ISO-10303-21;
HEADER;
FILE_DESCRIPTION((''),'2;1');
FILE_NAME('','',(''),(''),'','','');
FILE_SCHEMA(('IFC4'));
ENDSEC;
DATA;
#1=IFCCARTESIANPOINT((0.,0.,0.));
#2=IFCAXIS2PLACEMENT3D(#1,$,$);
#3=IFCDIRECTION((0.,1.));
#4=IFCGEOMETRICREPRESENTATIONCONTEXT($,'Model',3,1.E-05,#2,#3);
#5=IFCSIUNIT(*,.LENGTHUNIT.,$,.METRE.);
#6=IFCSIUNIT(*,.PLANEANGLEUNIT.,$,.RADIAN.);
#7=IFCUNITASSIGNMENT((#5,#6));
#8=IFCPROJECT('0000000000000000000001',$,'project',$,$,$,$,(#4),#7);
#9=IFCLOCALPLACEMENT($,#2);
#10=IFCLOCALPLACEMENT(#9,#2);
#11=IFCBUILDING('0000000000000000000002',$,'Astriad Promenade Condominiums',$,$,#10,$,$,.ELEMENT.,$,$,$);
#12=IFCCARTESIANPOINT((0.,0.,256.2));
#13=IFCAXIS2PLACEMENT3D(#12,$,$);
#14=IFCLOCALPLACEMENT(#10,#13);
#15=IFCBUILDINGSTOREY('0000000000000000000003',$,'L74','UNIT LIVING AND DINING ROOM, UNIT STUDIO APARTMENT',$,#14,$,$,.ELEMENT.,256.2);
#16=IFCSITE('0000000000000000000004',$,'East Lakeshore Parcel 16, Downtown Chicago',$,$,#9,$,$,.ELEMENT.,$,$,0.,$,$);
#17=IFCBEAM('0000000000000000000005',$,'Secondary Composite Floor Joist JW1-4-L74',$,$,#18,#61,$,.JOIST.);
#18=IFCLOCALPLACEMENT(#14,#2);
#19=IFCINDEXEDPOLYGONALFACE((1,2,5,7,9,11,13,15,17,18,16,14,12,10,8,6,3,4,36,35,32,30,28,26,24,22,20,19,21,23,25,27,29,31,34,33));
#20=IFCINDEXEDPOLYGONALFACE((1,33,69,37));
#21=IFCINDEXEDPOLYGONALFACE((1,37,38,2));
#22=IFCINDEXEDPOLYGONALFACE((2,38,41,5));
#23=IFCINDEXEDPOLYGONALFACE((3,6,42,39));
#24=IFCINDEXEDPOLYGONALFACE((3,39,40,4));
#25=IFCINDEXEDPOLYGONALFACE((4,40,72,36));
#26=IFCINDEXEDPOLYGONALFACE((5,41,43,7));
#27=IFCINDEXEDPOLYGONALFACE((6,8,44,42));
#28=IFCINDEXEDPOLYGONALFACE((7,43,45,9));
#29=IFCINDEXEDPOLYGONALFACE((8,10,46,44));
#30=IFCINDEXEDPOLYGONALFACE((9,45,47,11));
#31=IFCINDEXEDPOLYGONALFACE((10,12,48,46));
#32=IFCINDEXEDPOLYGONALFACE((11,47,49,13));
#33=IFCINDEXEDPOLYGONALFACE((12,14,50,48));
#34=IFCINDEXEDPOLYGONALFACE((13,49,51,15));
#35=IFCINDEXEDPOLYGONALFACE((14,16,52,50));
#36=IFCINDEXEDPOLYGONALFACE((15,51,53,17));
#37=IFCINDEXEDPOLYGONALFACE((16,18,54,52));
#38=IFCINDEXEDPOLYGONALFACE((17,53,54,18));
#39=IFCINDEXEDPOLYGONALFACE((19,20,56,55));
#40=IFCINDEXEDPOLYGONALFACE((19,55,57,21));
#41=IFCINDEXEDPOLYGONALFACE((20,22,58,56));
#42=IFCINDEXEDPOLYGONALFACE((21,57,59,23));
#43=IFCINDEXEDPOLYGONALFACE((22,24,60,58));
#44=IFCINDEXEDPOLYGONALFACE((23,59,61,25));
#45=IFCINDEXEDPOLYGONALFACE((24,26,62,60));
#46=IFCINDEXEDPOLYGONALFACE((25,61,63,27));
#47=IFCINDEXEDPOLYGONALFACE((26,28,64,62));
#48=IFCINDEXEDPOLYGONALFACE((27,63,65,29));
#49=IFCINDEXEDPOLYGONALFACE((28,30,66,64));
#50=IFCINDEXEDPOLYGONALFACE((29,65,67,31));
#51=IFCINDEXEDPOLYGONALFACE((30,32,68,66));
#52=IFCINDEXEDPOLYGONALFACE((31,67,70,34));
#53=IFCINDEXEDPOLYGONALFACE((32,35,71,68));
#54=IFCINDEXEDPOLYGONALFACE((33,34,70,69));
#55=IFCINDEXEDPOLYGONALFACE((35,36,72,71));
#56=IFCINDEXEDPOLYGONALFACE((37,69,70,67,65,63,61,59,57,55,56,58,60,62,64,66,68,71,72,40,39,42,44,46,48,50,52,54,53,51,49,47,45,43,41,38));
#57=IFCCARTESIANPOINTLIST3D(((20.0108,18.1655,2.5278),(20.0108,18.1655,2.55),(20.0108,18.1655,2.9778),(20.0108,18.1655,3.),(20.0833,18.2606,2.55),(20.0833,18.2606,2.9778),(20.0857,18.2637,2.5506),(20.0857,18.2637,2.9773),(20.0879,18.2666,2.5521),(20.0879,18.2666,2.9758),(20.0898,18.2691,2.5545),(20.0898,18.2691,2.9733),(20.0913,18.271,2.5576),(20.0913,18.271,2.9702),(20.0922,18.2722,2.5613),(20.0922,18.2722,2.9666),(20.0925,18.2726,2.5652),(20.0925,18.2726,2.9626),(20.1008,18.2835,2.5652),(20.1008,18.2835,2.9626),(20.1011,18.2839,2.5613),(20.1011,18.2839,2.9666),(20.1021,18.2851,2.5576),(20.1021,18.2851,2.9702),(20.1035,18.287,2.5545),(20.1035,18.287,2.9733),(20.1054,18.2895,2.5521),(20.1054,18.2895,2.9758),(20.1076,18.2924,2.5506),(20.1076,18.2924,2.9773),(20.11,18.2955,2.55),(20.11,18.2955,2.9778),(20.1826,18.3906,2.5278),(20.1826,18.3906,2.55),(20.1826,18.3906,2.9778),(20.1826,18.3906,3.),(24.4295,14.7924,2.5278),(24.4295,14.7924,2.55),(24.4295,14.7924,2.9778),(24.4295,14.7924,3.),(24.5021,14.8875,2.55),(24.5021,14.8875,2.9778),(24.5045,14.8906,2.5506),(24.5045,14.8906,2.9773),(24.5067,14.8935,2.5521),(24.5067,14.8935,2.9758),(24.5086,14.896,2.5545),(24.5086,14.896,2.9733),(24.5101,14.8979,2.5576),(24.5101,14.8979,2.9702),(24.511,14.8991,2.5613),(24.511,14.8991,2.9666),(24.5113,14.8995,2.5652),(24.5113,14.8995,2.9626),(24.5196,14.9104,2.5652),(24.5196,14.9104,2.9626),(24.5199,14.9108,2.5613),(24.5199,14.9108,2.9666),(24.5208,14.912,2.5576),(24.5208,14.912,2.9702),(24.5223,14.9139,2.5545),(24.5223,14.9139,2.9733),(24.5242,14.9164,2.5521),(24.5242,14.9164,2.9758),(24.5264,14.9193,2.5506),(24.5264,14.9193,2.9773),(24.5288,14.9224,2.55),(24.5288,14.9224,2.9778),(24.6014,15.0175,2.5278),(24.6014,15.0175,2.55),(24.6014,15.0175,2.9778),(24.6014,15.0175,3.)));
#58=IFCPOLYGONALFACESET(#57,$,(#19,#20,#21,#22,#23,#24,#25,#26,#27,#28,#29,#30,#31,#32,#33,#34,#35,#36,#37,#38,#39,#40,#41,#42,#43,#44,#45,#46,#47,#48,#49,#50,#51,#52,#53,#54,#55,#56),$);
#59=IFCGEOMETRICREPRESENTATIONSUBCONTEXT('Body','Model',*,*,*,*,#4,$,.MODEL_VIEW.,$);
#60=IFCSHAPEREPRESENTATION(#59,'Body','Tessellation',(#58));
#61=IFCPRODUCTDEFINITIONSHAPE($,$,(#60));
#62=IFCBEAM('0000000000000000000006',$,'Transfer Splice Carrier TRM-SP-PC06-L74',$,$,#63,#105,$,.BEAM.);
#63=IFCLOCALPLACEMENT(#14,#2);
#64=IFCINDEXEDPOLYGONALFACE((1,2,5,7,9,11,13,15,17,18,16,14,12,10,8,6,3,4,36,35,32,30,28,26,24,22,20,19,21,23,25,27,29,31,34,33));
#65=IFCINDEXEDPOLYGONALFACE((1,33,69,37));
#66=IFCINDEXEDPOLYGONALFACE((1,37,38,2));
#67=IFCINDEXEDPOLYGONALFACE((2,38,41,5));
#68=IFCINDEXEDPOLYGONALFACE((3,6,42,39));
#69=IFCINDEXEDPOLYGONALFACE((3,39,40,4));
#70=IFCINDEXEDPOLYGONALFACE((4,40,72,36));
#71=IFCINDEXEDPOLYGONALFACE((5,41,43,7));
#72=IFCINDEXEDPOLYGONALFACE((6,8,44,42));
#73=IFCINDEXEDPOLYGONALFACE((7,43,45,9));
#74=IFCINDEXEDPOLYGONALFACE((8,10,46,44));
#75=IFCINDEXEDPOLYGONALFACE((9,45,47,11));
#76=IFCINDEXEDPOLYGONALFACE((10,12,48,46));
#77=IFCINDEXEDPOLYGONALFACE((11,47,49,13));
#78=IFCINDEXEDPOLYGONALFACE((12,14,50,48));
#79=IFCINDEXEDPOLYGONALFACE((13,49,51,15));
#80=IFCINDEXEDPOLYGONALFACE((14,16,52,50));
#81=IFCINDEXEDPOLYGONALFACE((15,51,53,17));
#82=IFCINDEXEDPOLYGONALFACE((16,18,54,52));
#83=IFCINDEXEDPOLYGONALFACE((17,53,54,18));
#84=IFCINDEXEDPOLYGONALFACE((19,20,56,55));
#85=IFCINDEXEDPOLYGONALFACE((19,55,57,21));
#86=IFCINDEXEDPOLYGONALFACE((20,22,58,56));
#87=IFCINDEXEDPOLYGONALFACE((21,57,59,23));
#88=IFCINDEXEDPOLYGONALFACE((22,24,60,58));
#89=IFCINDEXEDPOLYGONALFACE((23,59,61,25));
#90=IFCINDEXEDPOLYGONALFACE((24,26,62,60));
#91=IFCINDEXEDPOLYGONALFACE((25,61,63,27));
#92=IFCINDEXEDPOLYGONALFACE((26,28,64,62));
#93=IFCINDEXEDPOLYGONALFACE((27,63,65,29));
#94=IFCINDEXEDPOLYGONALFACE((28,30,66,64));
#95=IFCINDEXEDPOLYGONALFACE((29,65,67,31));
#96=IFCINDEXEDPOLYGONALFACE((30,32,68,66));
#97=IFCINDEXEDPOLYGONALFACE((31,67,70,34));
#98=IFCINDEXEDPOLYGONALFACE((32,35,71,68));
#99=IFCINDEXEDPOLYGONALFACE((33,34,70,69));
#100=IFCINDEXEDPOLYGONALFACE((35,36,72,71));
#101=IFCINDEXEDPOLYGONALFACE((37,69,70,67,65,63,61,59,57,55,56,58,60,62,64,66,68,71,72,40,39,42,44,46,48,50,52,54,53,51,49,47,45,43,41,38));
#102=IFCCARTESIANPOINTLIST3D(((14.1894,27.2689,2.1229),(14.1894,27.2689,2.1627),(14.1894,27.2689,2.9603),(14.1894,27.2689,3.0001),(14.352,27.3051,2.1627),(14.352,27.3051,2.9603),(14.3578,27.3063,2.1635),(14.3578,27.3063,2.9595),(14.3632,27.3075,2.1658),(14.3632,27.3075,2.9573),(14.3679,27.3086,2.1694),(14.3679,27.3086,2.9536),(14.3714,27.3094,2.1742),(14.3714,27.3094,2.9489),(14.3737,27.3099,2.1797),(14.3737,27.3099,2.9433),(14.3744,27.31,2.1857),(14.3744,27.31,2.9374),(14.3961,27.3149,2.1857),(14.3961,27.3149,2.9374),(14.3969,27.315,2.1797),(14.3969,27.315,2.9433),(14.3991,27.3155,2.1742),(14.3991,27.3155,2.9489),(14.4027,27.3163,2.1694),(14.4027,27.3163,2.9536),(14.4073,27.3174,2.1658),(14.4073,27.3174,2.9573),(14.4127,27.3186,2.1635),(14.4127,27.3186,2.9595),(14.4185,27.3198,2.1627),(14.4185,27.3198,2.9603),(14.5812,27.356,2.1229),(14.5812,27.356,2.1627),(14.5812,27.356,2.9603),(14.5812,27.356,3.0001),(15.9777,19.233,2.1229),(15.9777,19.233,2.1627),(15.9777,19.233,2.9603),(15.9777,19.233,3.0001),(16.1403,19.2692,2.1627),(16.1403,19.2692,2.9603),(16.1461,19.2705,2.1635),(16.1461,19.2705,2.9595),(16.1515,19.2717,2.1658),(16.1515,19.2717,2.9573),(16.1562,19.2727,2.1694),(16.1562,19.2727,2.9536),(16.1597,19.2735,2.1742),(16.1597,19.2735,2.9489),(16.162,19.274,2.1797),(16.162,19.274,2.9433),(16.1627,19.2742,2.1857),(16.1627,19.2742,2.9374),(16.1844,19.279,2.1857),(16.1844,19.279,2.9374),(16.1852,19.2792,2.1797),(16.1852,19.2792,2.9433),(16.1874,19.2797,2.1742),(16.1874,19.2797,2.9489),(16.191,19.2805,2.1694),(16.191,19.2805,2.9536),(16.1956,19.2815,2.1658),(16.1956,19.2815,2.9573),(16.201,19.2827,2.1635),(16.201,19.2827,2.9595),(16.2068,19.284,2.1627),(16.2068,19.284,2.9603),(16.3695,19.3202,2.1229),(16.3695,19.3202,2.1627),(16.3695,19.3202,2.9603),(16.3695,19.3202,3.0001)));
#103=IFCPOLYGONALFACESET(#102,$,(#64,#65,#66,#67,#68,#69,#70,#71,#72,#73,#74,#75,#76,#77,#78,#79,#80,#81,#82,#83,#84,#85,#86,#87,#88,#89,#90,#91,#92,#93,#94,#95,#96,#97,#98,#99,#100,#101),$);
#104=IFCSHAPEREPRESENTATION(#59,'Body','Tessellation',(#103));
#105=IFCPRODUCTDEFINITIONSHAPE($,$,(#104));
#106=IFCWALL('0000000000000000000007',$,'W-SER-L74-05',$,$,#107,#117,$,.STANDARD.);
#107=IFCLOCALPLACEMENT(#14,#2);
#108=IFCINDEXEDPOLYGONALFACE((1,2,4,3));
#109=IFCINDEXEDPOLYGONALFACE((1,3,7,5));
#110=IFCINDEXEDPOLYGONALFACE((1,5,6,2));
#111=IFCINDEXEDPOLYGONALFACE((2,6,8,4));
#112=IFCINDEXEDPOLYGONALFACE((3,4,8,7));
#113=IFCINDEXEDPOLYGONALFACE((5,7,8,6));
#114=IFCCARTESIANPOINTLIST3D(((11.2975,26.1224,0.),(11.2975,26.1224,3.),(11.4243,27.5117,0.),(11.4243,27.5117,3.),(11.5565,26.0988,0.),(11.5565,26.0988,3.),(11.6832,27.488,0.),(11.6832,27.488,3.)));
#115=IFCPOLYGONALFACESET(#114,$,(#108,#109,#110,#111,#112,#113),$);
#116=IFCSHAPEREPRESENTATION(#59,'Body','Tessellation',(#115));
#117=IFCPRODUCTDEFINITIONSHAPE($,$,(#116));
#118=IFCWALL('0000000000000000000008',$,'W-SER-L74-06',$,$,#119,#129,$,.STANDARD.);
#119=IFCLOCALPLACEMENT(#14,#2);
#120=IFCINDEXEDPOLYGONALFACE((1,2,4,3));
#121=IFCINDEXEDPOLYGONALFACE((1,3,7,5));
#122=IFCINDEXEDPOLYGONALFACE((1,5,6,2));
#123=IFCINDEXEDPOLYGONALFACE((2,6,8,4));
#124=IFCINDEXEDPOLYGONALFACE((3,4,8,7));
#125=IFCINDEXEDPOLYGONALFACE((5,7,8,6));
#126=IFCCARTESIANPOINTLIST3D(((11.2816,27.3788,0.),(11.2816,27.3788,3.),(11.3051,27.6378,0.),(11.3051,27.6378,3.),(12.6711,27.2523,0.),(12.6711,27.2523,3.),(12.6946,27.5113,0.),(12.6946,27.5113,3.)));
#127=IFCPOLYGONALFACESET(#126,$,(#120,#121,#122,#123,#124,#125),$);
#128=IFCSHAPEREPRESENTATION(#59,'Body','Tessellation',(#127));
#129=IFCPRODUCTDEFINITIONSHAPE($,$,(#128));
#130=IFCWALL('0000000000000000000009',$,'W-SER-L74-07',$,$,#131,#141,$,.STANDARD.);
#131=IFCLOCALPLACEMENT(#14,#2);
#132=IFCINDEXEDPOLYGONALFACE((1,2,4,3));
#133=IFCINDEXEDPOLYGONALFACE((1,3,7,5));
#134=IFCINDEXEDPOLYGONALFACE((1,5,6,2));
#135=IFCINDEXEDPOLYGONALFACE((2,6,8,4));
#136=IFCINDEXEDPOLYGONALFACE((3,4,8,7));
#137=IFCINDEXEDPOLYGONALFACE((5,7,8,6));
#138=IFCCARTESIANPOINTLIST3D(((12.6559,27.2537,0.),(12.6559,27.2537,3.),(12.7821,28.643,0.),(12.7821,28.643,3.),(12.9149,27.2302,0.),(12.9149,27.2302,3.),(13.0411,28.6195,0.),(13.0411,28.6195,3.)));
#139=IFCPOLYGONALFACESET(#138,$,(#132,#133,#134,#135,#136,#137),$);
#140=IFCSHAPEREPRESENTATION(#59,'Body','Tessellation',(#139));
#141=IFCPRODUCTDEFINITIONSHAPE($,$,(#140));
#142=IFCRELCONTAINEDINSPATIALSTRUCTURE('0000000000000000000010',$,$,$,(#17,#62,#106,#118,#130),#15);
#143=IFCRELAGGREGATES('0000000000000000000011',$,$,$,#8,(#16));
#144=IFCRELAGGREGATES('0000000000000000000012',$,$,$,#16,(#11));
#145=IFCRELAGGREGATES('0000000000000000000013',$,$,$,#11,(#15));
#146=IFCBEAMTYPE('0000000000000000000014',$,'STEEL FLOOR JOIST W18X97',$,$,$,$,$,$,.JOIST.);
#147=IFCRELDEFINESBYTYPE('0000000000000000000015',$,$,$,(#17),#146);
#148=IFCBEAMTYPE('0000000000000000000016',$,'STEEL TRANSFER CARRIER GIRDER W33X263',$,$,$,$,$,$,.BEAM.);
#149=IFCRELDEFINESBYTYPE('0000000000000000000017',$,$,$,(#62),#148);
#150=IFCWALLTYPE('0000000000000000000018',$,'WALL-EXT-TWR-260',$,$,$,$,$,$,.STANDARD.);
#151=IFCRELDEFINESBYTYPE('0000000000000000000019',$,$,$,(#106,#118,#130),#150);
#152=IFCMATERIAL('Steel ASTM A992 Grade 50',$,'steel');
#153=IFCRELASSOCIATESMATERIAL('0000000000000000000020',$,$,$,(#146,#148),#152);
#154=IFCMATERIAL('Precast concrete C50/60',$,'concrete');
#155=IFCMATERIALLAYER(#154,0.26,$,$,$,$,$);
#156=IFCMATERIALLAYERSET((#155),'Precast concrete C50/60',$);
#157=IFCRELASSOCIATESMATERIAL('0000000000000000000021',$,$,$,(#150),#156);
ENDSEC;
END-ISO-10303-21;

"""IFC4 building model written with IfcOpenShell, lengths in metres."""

from ifc_helpers import new_model, si_unit, direction, frame, frame_2d, origin, origin_2d, place, context, subcontext, project, spatial, rectangle, i_section, extrude, source, transform, mapped, material, layer, layer_set, material_profile, profile_set, type_object, type_shapes, element, save


model = new_model("IFC4")

# Units and contexts
model_context = context("Model", 3, precision=1e-05, world=origin(), true_north=direction((0.0, 1.0)))
body_context = subcontext(model_context, "Body", "Model", "MODEL_VIEW")
ifc_project = project(units=[si_unit("LENGTHUNIT", "METRE"), si_unit("PLANEANGLEUNIT", "RADIAN")], contexts=[model_context])

# Site, building, storey
site_placement = place(None, origin())
site = spatial("IfcSite", under=ifc_project, at=site_placement, Name="East Lakeshore Parcel 16, Downtown Chicago", CompositionType="ELEMENT", RefElevation=0.0)
building_placement = place(site_placement, origin())
building = spatial("IfcBuilding", under=site, at=building_placement, Name="Astriad Promenade Condominiums", CompositionType="ELEMENT")
storey_placement = place(building_placement, frame((0.0, 0.0, 256.2)))
storey = spatial("IfcBuildingStorey", under=building, at=storey_placement, Name="L74", Description="UNIT LIVING AND DINING ROOM, UNIT STUDIO APARTMENT", CompositionType="ELEMENT", Elevation=256.2)

# Beams
ifc_material_1 = material(Name="Steel ASTM A992 Grade 50", Category="steel")
ifc_material_profile_1 = material_profile(ifc_material_1, i_section(OverallWidth=0.2832, OverallDepth=0.4722, WebThickness=0.0137, FlangeThickness=0.0222, FilletRadius=0.0151, at=origin_2d()), Name="W18X97")
ifc_profile_set_1 = profile_set([ifc_material_profile_1], Name="Steel ASTM A992 Grade 50")
beam_type_1 = type_object("IfcBeamType", Name="STEEL FLOOR JOIST W18X97", PredefinedType="JOIST", material=ifc_profile_set_1)
shared_shape_1 = source(origin(), body_context, "Body", "SweptSolid", [
    extrude(i_section(OverallWidth=0.2832, OverallDepth=0.4722, WebThickness=0.0137, FlangeThickness=0.0222, FilletRadius=0.0151, at=origin_2d()), origin(), (0.0, 0.0, 1.0), 5.5591),
])
beam_1_placement = place(storey_placement, frame((20.0967, 18.2781, 2.7639), z_axis=(0.794875, -0.606773, 0.0), x_axis=(0.606773, 0.794875, 0.0)))
element("IfcBeam", 1, at=beam_1_placement, inside=storey, type_object=beam_type_1, Name="Secondary Composite Floor Joist JW1-4-L74", PredefinedType="JOIST", context=body_context, shape_type="MappedRepresentation", body=[
    mapped(shared_shape_1, transform((0.0, 0.0, 0.0), scale=1.0)),
])
ifc_material_profile_2 = material_profile(ifc_material_1, i_section(OverallWidth=0.4014, OverallDepth=0.8772, WebThickness=0.0222, FlangeThickness=0.0398, FilletRadius=0.0229, at=origin_2d()), Name="W33X263")
ifc_profile_set_2 = profile_set([ifc_material_profile_2], Name="Steel ASTM A992 Grade 50")
beam_type_2 = type_object("IfcBeamType", Name="STEEL TRANSFER CARRIER GIRDER W33X263", PredefinedType="BEAM", material=ifc_profile_set_2)
shared_shape_2 = source(origin(), body_context, "Body", "SweptSolid", [
    extrude(i_section(OverallWidth=0.4014, OverallDepth=0.8772, WebThickness=0.0222, FlangeThickness=0.0398, FilletRadius=0.0229, at=origin_2d()), origin(), (0.0, 0.0, 1.0), 8.2324),
])
type_shapes(beam_type_2, [shared_shape_2])
beam_2_placement = place(storey_placement, frame((16.1736, 19.2766, 2.5615), z_axis=(-0.217229, 0.976121, 0.0), x_axis=(-0.976121, -0.217229, 0.0)))
element("IfcBeam", 2, at=beam_2_placement, inside=storey, type_object=beam_type_2, Name="Transfer Splice Carrier TRM-SP-PC06-L74", PredefinedType="BEAM", context=body_context, shape_type="MappedRepresentation", body=[
    mapped(shared_shape_2, transform((0.0, 0.0, 0.0), scale=1.0)),
])

# Walls
ifc_material_2 = material(Name="Precast concrete C50/60", Category="concrete")
ifc_layer_1 = layer(ifc_material_2, 0.26)
ifc_layer_set_1 = layer_set([ifc_layer_1], Name="Precast concrete C50/60")
wall_type_1 = type_object("IfcWallType", Name="WALL-EXT-TWR-260", PredefinedType="STANDARD", material=ifc_layer_set_1)
wall_1_placement = place(storey_placement, frame((11.427, 26.1106, 0.0), z_axis=(0.0, 0.0, 1.0), x_axis=(0.090836, 0.995866, 0.0)))
element("IfcWall", 3, at=wall_1_placement, inside=storey, type_object=wall_type_1, Name="W-SER-L74-05", PredefinedType="STANDARD", context=body_context, shape_type="SweptSolid", body=[
    extrude(rectangle(XDim=1.395, YDim=0.26, at=frame_2d((0.6975, 0.0))), origin(), (0.0, 0.0, 1.0), 3.0),
])
wall_2_placement = place(storey_placement, frame((11.2932, 27.5083, 0.0), z_axis=(0.0, 0.0, 1.0), x_axis=(0.995883, -0.090646, 0.0)))
element("IfcWall", 4, at=wall_2_placement, inside=storey, type_object=wall_type_1, Name="W-SER-L74-06", PredefinedType="STANDARD", context=body_context, shape_type="SweptSolid", body=[
    extrude(rectangle(XDim=1.3953, YDim=0.26, at=frame_2d((0.6978, 0.0))), origin(), (0.0, 0.0, 1.0), 3.0),
])
wall_3_placement = place(storey_placement, frame((12.7854, 27.2419, 0.0), z_axis=(0.0, 0.0, 1.0), x_axis=(0.090473, 0.995899, 0.0)))
element("IfcWall", 5, at=wall_3_placement, inside=storey, type_object=wall_type_1, Name="W-SER-L74-07", PredefinedType="STANDARD", context=body_context, shape_type="SweptSolid", body=[
    extrude(rectangle(XDim=1.395, YDim=0.26, at=frame_2d((0.6975, 0.0))), origin(), (0.0, 0.0, 1.0), 3.0),
])

save(model, "model.ifc")
